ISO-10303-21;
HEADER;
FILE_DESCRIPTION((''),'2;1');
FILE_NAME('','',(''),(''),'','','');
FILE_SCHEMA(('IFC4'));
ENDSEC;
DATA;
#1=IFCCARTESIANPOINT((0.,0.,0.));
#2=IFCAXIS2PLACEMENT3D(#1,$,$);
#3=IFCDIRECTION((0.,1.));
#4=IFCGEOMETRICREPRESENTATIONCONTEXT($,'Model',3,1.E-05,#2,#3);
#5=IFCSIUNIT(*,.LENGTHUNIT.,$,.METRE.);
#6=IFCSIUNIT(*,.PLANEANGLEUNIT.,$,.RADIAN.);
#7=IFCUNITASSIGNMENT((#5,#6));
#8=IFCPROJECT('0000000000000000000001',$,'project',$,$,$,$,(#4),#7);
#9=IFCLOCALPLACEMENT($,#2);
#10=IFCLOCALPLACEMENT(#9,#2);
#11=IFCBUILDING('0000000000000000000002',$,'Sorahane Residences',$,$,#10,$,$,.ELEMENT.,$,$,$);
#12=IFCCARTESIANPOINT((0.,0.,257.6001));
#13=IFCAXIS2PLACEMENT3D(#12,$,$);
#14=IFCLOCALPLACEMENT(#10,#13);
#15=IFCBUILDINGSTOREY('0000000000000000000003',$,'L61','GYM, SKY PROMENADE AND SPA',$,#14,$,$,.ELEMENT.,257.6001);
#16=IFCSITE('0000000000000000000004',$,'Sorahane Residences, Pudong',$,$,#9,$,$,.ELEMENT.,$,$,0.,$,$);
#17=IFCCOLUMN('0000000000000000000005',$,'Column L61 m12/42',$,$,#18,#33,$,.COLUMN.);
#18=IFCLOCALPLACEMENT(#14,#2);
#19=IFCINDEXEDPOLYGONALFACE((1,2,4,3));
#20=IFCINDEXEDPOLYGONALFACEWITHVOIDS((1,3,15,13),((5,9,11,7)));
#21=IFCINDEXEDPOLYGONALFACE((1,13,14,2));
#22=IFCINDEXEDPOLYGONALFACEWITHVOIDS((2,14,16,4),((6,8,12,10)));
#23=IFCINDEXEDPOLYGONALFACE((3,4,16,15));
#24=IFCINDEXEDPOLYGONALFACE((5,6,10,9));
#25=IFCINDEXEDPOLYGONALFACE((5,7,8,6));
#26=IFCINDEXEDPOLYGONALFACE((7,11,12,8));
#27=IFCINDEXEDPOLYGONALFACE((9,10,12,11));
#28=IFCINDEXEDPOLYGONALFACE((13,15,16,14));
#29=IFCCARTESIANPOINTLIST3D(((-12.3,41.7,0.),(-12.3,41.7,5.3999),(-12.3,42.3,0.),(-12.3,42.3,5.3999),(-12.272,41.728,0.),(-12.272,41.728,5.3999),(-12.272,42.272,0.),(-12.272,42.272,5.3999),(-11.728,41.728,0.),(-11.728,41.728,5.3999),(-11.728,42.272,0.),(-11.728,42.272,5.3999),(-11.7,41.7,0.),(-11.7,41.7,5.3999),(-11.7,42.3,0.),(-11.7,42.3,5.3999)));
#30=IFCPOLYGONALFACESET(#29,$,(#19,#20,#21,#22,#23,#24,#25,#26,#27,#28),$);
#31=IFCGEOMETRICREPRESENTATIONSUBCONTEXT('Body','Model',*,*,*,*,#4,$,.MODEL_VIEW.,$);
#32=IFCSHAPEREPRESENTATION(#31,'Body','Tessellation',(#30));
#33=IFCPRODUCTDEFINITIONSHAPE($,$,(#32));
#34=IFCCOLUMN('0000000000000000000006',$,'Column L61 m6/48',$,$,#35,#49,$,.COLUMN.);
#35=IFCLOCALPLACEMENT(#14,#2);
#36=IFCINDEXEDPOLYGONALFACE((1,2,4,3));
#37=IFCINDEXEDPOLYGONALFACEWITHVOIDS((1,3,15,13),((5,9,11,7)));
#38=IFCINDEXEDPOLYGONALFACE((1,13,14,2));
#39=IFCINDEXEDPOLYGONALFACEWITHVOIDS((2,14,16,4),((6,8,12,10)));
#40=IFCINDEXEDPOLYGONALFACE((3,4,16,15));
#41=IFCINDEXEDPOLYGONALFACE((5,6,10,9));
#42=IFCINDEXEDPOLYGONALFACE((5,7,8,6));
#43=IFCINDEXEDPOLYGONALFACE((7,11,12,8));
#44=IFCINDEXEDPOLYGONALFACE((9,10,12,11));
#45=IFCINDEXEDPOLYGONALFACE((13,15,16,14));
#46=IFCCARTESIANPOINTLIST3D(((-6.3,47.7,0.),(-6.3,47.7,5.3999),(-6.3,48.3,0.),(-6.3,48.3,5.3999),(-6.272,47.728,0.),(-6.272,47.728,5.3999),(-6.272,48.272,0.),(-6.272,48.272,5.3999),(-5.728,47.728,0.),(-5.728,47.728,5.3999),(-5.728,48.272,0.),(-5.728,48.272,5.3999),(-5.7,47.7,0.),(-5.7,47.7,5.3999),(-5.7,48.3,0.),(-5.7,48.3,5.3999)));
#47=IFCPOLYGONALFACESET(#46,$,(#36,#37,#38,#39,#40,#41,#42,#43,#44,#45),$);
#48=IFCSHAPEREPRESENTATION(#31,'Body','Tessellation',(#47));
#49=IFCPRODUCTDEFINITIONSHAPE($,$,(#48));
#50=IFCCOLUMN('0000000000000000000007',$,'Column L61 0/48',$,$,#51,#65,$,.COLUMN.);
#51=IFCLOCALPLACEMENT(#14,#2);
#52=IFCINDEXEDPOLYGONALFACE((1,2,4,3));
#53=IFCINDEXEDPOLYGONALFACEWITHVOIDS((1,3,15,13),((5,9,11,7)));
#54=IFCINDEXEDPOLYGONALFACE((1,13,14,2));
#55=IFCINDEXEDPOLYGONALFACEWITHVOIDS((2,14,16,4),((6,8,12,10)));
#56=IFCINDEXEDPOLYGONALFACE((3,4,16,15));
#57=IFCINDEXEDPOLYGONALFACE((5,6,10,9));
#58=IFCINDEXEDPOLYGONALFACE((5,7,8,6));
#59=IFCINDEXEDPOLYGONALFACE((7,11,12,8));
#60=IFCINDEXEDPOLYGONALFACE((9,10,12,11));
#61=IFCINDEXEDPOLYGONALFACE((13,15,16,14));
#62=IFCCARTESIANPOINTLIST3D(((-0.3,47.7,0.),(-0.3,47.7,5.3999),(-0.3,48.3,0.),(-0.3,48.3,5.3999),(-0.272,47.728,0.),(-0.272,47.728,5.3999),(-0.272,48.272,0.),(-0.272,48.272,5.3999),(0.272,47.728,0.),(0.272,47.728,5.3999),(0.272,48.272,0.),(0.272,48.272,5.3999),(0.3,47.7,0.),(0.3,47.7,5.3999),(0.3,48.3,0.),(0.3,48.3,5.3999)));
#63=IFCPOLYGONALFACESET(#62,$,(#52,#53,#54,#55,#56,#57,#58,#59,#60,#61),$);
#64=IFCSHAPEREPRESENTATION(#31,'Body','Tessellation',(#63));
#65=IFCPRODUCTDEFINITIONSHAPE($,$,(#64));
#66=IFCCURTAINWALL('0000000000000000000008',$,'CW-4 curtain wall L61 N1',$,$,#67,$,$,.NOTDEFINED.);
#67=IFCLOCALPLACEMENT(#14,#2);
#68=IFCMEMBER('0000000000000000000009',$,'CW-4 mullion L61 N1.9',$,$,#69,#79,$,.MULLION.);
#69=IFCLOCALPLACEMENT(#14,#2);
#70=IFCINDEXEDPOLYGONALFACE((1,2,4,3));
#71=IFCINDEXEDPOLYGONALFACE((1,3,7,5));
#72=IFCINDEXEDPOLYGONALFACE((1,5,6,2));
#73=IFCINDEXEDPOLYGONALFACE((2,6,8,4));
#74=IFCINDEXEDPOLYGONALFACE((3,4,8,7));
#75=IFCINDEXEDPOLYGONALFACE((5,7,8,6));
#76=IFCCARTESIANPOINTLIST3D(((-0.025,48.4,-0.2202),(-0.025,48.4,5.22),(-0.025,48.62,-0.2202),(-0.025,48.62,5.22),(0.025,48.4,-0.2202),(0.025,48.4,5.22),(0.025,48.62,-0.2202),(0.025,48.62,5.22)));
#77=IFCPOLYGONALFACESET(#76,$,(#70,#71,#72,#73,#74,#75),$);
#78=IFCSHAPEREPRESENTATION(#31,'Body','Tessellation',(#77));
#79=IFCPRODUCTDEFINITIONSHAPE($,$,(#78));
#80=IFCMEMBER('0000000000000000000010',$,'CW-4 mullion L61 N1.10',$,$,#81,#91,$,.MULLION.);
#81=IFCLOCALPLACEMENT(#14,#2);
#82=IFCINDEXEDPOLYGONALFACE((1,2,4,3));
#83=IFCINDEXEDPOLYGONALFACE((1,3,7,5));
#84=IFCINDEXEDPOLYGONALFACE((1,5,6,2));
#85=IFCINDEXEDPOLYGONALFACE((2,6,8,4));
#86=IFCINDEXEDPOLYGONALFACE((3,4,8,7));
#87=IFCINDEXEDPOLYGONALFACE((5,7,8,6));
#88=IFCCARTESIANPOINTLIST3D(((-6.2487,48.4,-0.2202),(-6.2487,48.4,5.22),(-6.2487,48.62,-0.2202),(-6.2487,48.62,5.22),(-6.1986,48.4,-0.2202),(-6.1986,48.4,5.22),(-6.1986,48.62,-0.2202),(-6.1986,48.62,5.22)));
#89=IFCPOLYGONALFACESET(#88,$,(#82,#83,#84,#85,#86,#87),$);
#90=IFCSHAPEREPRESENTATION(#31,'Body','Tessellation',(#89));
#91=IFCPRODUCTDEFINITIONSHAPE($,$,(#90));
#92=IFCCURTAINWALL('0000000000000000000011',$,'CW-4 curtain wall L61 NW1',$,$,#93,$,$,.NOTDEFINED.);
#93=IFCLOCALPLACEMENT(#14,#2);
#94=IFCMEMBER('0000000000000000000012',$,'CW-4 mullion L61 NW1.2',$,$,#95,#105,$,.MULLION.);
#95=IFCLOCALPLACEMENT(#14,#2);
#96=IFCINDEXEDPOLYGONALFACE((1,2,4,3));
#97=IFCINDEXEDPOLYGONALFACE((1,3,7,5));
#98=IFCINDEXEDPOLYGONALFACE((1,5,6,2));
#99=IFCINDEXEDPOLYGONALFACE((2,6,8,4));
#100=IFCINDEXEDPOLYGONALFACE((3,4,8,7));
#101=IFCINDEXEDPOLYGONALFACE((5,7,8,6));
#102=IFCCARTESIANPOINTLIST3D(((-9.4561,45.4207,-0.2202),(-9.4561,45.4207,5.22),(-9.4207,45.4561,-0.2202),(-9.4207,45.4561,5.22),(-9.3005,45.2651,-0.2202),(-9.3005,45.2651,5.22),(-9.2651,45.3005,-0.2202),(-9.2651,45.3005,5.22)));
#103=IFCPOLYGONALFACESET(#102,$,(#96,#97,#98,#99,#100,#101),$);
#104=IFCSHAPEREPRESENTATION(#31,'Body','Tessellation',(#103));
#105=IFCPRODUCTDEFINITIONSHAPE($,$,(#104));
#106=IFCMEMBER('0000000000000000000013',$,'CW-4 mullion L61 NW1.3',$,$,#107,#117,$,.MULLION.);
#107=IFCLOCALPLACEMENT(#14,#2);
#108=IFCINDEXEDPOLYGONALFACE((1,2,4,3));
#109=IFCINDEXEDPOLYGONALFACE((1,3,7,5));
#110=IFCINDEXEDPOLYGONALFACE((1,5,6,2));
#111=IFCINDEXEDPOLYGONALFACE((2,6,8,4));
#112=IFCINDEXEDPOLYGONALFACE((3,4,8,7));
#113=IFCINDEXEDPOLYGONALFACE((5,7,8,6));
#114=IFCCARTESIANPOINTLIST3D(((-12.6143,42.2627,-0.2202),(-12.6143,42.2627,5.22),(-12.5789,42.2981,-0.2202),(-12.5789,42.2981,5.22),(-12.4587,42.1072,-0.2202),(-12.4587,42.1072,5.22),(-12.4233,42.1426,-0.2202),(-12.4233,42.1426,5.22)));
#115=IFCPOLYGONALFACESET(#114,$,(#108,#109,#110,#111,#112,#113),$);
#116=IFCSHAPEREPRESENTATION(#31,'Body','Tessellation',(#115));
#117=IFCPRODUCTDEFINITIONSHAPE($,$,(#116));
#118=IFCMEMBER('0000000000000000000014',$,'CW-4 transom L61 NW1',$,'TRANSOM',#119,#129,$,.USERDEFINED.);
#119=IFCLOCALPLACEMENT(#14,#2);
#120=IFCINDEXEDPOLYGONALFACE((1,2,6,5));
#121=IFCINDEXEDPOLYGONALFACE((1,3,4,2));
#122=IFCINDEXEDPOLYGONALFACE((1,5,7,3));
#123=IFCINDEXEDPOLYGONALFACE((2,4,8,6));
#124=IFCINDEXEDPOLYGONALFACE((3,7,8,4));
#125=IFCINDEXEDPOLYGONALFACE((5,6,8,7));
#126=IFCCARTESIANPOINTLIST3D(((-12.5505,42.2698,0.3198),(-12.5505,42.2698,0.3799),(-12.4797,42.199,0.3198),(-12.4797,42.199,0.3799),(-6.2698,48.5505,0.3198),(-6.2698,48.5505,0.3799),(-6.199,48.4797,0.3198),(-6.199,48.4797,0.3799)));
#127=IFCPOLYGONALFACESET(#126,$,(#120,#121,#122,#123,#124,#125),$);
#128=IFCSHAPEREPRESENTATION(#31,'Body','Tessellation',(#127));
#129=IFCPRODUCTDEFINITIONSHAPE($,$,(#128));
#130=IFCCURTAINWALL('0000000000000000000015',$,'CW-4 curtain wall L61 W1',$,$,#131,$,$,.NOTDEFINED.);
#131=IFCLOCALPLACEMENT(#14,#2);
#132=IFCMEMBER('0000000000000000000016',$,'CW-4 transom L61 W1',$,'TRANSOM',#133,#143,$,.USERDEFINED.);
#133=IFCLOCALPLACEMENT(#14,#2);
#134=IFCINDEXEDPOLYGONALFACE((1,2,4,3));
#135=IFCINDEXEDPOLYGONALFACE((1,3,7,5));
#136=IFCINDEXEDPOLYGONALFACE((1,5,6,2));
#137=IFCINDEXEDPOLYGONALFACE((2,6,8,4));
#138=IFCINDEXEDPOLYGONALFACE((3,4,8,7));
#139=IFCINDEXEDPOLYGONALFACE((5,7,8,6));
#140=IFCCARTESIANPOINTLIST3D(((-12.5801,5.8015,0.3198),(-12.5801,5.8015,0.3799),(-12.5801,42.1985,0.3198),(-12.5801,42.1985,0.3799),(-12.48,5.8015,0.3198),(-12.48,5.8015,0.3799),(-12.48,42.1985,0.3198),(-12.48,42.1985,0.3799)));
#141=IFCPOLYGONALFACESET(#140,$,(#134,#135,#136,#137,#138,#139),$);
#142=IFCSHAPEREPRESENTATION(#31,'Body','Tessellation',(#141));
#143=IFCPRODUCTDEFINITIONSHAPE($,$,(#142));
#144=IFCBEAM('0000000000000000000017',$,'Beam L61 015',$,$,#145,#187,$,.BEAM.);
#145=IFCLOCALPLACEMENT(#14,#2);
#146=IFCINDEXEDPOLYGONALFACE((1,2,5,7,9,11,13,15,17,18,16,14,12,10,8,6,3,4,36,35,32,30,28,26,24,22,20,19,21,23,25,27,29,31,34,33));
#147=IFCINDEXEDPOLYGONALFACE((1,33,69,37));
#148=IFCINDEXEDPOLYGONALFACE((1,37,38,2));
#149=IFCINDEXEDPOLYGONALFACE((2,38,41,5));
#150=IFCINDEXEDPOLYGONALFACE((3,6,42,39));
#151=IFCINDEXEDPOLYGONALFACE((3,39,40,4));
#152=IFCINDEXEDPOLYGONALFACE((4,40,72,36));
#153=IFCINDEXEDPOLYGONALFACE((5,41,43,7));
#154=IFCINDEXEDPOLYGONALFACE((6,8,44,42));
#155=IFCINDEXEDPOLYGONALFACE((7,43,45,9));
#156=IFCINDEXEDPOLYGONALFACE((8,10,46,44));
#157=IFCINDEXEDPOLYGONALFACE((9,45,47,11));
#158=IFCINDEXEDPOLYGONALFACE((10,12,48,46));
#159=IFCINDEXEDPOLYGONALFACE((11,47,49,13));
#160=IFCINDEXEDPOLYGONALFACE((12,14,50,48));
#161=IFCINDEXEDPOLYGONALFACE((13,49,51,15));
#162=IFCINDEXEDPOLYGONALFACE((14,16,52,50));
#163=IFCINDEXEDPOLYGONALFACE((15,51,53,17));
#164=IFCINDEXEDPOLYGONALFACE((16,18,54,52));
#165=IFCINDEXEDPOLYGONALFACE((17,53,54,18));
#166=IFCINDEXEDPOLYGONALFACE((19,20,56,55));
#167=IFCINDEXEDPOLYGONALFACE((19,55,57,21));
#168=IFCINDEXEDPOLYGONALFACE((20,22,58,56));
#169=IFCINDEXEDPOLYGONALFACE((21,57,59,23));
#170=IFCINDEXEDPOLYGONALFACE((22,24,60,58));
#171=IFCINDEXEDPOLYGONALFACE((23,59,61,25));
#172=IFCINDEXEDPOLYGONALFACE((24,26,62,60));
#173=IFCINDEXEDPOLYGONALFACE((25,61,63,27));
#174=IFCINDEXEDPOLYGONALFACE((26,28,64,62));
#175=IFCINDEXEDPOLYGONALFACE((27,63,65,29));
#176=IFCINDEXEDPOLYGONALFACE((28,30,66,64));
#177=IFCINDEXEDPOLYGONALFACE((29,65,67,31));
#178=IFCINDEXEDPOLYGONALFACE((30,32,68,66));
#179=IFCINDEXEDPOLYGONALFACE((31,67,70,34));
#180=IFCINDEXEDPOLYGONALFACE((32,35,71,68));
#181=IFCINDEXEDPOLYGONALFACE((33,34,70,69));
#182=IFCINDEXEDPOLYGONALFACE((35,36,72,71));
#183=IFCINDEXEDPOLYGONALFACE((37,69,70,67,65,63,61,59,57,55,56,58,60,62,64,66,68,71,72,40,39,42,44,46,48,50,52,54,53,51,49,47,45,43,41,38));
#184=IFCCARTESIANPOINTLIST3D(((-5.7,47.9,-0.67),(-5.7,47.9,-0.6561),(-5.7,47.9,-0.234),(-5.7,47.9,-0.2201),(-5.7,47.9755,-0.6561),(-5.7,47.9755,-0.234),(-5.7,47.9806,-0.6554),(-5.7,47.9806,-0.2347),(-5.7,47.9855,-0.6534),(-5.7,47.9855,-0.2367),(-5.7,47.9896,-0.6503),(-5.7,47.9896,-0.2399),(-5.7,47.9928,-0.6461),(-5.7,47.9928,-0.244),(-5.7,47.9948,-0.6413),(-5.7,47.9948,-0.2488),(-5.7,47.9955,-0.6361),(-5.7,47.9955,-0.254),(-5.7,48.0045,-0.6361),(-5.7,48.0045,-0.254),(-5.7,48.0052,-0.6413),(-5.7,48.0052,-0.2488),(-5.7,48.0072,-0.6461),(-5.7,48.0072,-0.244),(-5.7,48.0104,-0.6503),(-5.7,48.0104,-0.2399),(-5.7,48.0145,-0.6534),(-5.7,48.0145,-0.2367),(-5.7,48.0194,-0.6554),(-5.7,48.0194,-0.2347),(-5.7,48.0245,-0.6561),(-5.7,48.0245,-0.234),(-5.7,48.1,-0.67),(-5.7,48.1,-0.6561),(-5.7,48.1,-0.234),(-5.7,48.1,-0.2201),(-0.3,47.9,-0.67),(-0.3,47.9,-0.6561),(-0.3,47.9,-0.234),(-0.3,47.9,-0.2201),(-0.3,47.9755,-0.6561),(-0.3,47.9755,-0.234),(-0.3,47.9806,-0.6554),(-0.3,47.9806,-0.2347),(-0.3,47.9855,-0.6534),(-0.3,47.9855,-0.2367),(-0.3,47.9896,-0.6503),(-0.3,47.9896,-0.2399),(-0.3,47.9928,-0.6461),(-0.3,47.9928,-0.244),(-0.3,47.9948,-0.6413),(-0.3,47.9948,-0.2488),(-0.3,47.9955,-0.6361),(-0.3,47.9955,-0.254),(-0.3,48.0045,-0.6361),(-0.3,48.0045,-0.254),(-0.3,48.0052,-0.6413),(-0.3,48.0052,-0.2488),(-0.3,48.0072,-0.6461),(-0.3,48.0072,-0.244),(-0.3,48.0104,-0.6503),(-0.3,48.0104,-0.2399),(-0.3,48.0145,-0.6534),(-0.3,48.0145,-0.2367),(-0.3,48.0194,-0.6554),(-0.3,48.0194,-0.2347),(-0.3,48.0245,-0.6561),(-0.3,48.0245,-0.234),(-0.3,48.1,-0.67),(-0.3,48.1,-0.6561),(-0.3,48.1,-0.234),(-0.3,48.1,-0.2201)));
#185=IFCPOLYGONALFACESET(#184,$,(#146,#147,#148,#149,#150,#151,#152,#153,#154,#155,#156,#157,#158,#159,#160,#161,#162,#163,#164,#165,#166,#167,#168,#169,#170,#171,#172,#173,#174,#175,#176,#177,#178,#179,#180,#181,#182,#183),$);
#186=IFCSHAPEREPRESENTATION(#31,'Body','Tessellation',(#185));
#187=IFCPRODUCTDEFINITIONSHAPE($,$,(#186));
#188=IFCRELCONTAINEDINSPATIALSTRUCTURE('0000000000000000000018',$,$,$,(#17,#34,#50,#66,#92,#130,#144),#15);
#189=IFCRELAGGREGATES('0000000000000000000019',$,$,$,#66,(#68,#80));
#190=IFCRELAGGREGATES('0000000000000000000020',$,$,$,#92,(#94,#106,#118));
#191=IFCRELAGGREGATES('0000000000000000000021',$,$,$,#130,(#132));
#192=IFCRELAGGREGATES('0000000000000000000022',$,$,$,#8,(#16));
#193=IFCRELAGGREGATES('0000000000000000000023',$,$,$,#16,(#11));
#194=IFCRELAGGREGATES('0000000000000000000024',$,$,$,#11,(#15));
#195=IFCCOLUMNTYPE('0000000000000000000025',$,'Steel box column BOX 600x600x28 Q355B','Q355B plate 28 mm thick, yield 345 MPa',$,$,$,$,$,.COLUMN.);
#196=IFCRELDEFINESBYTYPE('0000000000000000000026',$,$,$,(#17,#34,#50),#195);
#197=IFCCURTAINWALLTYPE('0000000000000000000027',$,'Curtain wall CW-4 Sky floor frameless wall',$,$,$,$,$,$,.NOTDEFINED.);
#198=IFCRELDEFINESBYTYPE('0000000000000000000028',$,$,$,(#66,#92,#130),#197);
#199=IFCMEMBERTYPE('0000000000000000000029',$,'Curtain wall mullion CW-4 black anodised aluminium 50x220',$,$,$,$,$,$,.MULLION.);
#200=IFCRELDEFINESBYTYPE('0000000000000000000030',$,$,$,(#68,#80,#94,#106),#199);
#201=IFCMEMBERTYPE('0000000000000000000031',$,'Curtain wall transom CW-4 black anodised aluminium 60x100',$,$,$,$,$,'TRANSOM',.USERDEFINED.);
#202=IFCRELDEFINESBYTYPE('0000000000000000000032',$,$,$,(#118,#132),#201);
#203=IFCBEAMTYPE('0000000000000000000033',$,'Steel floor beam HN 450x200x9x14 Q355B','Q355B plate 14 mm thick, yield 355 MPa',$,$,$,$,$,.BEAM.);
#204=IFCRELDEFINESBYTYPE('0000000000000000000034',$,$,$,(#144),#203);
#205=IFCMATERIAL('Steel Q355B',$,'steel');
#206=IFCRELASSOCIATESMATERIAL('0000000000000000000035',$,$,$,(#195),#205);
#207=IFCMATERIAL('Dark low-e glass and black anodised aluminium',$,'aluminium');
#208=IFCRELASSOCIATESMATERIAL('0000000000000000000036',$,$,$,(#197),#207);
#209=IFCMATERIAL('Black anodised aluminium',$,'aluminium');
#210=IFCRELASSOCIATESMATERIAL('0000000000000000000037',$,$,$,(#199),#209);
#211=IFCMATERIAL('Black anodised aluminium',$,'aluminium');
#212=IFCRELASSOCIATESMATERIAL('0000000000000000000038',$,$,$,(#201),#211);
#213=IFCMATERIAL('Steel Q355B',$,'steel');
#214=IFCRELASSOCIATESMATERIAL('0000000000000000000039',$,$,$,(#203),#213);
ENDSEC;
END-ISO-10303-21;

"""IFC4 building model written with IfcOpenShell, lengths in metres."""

from ifc_helpers import new_model, si_unit, direction, frame, origin, origin_2d, place, context, subcontext, project, spatial, rectangle, hollow_rectangle, i_section, extrude, material, material_profile, profile_set, type_object, element, aggregate, save


model = new_model("IFC4")

# Units and contexts
model_context = context("Model", 3, precision=1e-05, world=origin(), true_north=direction((0.0, 1.0)))
body_context = subcontext(model_context, "Body", "Model", "MODEL_VIEW")
ifc_project = project(units=[si_unit("LENGTHUNIT", "METRE"), si_unit("PLANEANGLEUNIT", "RADIAN")], contexts=[model_context])

# Site, building, storey
site_placement = place(None, origin())
site = spatial("IfcSite", under=ifc_project, at=site_placement, Name="Sorahane Residences, Pudong", CompositionType="ELEMENT", RefElevation=0.0)
building_placement = place(site_placement, origin())
building = spatial("IfcBuilding", under=site, at=building_placement, Name="Sorahane Residences", CompositionType="ELEMENT")
storey_placement = place(building_placement, frame((0.0, 0.0, 257.6001)))
storey = spatial("IfcBuildingStorey", under=building, at=storey_placement, Name="L61", Description="GYM, SKY PROMENADE AND SPA", CompositionType="ELEMENT", Elevation=257.6001)

# Columns
ifc_material_1 = material(Name="Steel Q355B", Category="steel")
ifc_material_profile_1 = material_profile(ifc_material_1, hollow_rectangle(XDim=0.6001, YDim=0.6001, WallThickness=0.0281, at=origin_2d()), Name="BOX 600x600x28")
ifc_profile_set_1 = profile_set([ifc_material_profile_1], Name="Steel Q355B")
column_type = type_object("IfcColumnType", Name="Steel box column BOX 600x600x28 Q355B", Description="Q355B plate 28 mm thick, yield 345 MPa", PredefinedType="COLUMN", material=ifc_profile_set_1)
for number, where, z_axis, x_axis, name in (
    (1, (-12.0, 42.0, 0.0), (0.0, 0.0, 1.0), (1.0, 0.0, 0.0), "Column L61 m12/42"),
    (2, (-6.0, 48.0, 0.0), (0.0, 0.0, 1.0), (1.0, 0.0, 0.0), "Column L61 m6/48"),
    (3, (0.0, 48.0, 0.0), (0.0, 0.0, 1.0), (1.0, 0.0, 0.0), "Column L61 0/48"),
):
    element("IfcColumn", number, at=place(storey_placement, frame(where, z_axis=z_axis, x_axis=x_axis)), inside=storey, type_object=column_type, Name=name, PredefinedType="COLUMN", context=body_context, shape_type="SweptSolid", body=[
        extrude(hollow_rectangle(XDim=0.6001, YDim=0.6001, WallThickness=0.0281, at=origin_2d()), origin(), (0.0, 0.0, 1.0), 5.3999),
    ])

# Curtain walls, members
ifc_material_2 = material(Name="Dark low-e glass and black anodised aluminium", Category="aluminium")
curtain_wall_type = type_object("IfcCurtainWallType", Name="Curtain wall CW-4 Sky floor frameless wall", PredefinedType="NOTDEFINED", material=ifc_material_2)
curtain_wall_1_placement = place(storey_placement, origin())
curtain_wall_1 = element("IfcCurtainWall", 4, at=curtain_wall_1_placement, inside=storey, type_object=curtain_wall_type, Name="CW-4 curtain wall L61 N1", PredefinedType="NOTDEFINED")
ifc_material_3 = material(Name="Black anodised aluminium", Category="aluminium")
ifc_material_profile_2 = material_profile(ifc_material_3, rectangle(XDim=0.22, YDim=0.05, at=origin_2d()), Name="Curtain wall mullion CW-4 black anodised aluminium 50x220")
ifc_profile_set_2 = profile_set([ifc_material_profile_2], Name="Black anodised aluminium")
member_type_1 = type_object("IfcMemberType", Name="Curtain wall mullion CW-4 black anodised aluminium 50x220", PredefinedType="MULLION", material=ifc_profile_set_2)
member_1_placement = place(storey_placement, frame((0.0, 48.51, -0.2202), z_axis=(0.0, 0.0, 1.0), x_axis=(0.0, 1.0, 0.0)))
member_1 = element("IfcMember", 5, at=member_1_placement, type_object=member_type_1, Name="CW-4 mullion L61 N1.9", PredefinedType="MULLION", context=body_context, shape_type="SweptSolid", body=[
    extrude(rectangle(XDim=0.22, YDim=0.05, at=origin_2d()), origin(), (0.0, 0.0, 1.0), 5.4402),
])
member_2_placement = place(storey_placement, frame((-6.2236, 48.51, -0.2202), z_axis=(0.0, 0.0, 1.0), x_axis=(0.0, 1.0, 0.0)))
member_2 = element("IfcMember", 6, at=member_2_placement, type_object=member_type_1, Name="CW-4 mullion L61 N1.10", PredefinedType="MULLION", context=body_context, shape_type="SweptSolid", body=[
    extrude(rectangle(XDim=0.22, YDim=0.05, at=origin_2d()), origin(), (0.0, 0.0, 1.0), 5.4402),
])
curtain_wall_2_placement = place(storey_placement, origin())
curtain_wall_2 = element("IfcCurtainWall", 7, at=curtain_wall_2_placement, inside=storey, type_object=curtain_wall_type, Name="CW-4 curtain wall L61 NW1", PredefinedType="NOTDEFINED")
member_3_placement = place(storey_placement, frame((-9.3606, 45.3606, -0.2202), z_axis=(0.0, 0.0, 1.0), x_axis=(-0.707107, 0.707107, 0.0)))
member_3 = element("IfcMember", 8, at=member_3_placement, type_object=member_type_1, Name="CW-4 mullion L61 NW1.2", PredefinedType="MULLION", context=body_context, shape_type="SweptSolid", body=[
    extrude(rectangle(XDim=0.22, YDim=0.05, at=origin_2d()), origin(), (0.0, 0.0, 1.0), 5.4402),
])
member_4_placement = place(storey_placement, frame((-12.5188, 42.2026, -0.2202), z_axis=(0.0, 0.0, 1.0), x_axis=(-0.707107, 0.707107, 0.0)))
member_4 = element("IfcMember", 9, at=member_4_placement, type_object=member_type_1, Name="CW-4 mullion L61 NW1.3", PredefinedType="MULLION", context=body_context, shape_type="SweptSolid", body=[
    extrude(rectangle(XDim=0.22, YDim=0.05, at=origin_2d()), origin(), (0.0, 0.0, 1.0), 5.4402),
])
ifc_material_4 = material(Name="Black anodised aluminium", Category="aluminium")
ifc_material_profile_3 = material_profile(ifc_material_4, rectangle(XDim=0.1001, YDim=0.0601, at=origin_2d()), Name="Curtain wall transom CW-4 black anodised aluminium 60x100")
ifc_profile_set_3 = profile_set([ifc_material_profile_3], Name="Black anodised aluminium")
member_type_2 = type_object("IfcMemberType", Name="Curtain wall transom CW-4 black anodised aluminium 60x100", ElementType="TRANSOM", PredefinedType="USERDEFINED", material=ifc_profile_set_3)
member_5_placement = place(storey_placement, frame((-6.2344, 48.5151, 0.3499), z_axis=(-0.707107, -0.707107, 0.0), x_axis=(0.707107, -0.707107, 0.0)))
member_5 = element("IfcMember", 10, at=member_5_placement, type_object=member_type_2, Name="CW-4 transom L61 NW1", ObjectType="TRANSOM", PredefinedType="USERDEFINED", context=body_context, shape_type="SweptSolid", body=[
    extrude(rectangle(XDim=0.1001, YDim=0.0601, at=origin_2d()), origin(), (0.0, 0.0, 1.0), 8.8823),
])

# Curtain wall, member
curtain_wall_3_placement = place(storey_placement, origin())
curtain_wall_3 = element("IfcCurtainWall", 11, at=curtain_wall_3_placement, inside=storey, type_object=curtain_wall_type, Name="CW-4 curtain wall L61 W1", PredefinedType="NOTDEFINED")
member_6_placement = place(storey_placement, frame((-12.53, 42.1985, 0.3499), z_axis=(0.0, -1.0, 0.0), x_axis=(1.0, 0.0, 0.0)))
member_6 = element("IfcMember", 12, at=member_6_placement, type_object=member_type_2, Name="CW-4 transom L61 W1", ObjectType="TRANSOM", PredefinedType="USERDEFINED", context=body_context, shape_type="SweptSolid", body=[
    extrude(rectangle(XDim=0.1001, YDim=0.0601, at=origin_2d()), origin(), (0.0, 0.0, 1.0), 36.397),
])

# Beam
ifc_material_5 = material(Name="Steel Q355B", Category="steel")
ifc_material_profile_4 = material_profile(ifc_material_5, i_section(OverallWidth=0.2, OverallDepth=0.45, WebThickness=0.009, FlangeThickness=0.0139, FilletRadius=0.02, at=origin_2d()), Name="HN 450x200x9x14")
ifc_profile_set_4 = profile_set([ifc_material_profile_4], Name="Steel Q355B")
beam_type_1 = type_object("IfcBeamType", Name="Steel floor beam HN 450x200x9x14 Q355B", Description="Q355B plate 14 mm thick, yield 355 MPa", PredefinedType="BEAM", material=ifc_profile_set_4)
beam_1_placement = place(storey_placement, frame((-5.7, 48.0, -0.4451), z_axis=(1.0, 0.0, 0.0), x_axis=(0.0, 1.0, 0.0)))
element("IfcBeam", 13, at=beam_1_placement, inside=storey, type_object=beam_type_1, Name="Beam L61 015", PredefinedType="BEAM", context=body_context, shape_type="SweptSolid", body=[
    extrude(i_section(OverallWidth=0.2, OverallDepth=0.45, WebThickness=0.009, FlangeThickness=0.0139, FilletRadius=0.02, at=origin_2d()), origin(), (0.0, 0.0, 1.0), 5.3999),
])

aggregate(curtain_wall_1, [member_1, member_2])
aggregate(curtain_wall_2, [member_3, member_4, member_5])
aggregate(curtain_wall_3, [member_6])

save(model, "model.ifc")
